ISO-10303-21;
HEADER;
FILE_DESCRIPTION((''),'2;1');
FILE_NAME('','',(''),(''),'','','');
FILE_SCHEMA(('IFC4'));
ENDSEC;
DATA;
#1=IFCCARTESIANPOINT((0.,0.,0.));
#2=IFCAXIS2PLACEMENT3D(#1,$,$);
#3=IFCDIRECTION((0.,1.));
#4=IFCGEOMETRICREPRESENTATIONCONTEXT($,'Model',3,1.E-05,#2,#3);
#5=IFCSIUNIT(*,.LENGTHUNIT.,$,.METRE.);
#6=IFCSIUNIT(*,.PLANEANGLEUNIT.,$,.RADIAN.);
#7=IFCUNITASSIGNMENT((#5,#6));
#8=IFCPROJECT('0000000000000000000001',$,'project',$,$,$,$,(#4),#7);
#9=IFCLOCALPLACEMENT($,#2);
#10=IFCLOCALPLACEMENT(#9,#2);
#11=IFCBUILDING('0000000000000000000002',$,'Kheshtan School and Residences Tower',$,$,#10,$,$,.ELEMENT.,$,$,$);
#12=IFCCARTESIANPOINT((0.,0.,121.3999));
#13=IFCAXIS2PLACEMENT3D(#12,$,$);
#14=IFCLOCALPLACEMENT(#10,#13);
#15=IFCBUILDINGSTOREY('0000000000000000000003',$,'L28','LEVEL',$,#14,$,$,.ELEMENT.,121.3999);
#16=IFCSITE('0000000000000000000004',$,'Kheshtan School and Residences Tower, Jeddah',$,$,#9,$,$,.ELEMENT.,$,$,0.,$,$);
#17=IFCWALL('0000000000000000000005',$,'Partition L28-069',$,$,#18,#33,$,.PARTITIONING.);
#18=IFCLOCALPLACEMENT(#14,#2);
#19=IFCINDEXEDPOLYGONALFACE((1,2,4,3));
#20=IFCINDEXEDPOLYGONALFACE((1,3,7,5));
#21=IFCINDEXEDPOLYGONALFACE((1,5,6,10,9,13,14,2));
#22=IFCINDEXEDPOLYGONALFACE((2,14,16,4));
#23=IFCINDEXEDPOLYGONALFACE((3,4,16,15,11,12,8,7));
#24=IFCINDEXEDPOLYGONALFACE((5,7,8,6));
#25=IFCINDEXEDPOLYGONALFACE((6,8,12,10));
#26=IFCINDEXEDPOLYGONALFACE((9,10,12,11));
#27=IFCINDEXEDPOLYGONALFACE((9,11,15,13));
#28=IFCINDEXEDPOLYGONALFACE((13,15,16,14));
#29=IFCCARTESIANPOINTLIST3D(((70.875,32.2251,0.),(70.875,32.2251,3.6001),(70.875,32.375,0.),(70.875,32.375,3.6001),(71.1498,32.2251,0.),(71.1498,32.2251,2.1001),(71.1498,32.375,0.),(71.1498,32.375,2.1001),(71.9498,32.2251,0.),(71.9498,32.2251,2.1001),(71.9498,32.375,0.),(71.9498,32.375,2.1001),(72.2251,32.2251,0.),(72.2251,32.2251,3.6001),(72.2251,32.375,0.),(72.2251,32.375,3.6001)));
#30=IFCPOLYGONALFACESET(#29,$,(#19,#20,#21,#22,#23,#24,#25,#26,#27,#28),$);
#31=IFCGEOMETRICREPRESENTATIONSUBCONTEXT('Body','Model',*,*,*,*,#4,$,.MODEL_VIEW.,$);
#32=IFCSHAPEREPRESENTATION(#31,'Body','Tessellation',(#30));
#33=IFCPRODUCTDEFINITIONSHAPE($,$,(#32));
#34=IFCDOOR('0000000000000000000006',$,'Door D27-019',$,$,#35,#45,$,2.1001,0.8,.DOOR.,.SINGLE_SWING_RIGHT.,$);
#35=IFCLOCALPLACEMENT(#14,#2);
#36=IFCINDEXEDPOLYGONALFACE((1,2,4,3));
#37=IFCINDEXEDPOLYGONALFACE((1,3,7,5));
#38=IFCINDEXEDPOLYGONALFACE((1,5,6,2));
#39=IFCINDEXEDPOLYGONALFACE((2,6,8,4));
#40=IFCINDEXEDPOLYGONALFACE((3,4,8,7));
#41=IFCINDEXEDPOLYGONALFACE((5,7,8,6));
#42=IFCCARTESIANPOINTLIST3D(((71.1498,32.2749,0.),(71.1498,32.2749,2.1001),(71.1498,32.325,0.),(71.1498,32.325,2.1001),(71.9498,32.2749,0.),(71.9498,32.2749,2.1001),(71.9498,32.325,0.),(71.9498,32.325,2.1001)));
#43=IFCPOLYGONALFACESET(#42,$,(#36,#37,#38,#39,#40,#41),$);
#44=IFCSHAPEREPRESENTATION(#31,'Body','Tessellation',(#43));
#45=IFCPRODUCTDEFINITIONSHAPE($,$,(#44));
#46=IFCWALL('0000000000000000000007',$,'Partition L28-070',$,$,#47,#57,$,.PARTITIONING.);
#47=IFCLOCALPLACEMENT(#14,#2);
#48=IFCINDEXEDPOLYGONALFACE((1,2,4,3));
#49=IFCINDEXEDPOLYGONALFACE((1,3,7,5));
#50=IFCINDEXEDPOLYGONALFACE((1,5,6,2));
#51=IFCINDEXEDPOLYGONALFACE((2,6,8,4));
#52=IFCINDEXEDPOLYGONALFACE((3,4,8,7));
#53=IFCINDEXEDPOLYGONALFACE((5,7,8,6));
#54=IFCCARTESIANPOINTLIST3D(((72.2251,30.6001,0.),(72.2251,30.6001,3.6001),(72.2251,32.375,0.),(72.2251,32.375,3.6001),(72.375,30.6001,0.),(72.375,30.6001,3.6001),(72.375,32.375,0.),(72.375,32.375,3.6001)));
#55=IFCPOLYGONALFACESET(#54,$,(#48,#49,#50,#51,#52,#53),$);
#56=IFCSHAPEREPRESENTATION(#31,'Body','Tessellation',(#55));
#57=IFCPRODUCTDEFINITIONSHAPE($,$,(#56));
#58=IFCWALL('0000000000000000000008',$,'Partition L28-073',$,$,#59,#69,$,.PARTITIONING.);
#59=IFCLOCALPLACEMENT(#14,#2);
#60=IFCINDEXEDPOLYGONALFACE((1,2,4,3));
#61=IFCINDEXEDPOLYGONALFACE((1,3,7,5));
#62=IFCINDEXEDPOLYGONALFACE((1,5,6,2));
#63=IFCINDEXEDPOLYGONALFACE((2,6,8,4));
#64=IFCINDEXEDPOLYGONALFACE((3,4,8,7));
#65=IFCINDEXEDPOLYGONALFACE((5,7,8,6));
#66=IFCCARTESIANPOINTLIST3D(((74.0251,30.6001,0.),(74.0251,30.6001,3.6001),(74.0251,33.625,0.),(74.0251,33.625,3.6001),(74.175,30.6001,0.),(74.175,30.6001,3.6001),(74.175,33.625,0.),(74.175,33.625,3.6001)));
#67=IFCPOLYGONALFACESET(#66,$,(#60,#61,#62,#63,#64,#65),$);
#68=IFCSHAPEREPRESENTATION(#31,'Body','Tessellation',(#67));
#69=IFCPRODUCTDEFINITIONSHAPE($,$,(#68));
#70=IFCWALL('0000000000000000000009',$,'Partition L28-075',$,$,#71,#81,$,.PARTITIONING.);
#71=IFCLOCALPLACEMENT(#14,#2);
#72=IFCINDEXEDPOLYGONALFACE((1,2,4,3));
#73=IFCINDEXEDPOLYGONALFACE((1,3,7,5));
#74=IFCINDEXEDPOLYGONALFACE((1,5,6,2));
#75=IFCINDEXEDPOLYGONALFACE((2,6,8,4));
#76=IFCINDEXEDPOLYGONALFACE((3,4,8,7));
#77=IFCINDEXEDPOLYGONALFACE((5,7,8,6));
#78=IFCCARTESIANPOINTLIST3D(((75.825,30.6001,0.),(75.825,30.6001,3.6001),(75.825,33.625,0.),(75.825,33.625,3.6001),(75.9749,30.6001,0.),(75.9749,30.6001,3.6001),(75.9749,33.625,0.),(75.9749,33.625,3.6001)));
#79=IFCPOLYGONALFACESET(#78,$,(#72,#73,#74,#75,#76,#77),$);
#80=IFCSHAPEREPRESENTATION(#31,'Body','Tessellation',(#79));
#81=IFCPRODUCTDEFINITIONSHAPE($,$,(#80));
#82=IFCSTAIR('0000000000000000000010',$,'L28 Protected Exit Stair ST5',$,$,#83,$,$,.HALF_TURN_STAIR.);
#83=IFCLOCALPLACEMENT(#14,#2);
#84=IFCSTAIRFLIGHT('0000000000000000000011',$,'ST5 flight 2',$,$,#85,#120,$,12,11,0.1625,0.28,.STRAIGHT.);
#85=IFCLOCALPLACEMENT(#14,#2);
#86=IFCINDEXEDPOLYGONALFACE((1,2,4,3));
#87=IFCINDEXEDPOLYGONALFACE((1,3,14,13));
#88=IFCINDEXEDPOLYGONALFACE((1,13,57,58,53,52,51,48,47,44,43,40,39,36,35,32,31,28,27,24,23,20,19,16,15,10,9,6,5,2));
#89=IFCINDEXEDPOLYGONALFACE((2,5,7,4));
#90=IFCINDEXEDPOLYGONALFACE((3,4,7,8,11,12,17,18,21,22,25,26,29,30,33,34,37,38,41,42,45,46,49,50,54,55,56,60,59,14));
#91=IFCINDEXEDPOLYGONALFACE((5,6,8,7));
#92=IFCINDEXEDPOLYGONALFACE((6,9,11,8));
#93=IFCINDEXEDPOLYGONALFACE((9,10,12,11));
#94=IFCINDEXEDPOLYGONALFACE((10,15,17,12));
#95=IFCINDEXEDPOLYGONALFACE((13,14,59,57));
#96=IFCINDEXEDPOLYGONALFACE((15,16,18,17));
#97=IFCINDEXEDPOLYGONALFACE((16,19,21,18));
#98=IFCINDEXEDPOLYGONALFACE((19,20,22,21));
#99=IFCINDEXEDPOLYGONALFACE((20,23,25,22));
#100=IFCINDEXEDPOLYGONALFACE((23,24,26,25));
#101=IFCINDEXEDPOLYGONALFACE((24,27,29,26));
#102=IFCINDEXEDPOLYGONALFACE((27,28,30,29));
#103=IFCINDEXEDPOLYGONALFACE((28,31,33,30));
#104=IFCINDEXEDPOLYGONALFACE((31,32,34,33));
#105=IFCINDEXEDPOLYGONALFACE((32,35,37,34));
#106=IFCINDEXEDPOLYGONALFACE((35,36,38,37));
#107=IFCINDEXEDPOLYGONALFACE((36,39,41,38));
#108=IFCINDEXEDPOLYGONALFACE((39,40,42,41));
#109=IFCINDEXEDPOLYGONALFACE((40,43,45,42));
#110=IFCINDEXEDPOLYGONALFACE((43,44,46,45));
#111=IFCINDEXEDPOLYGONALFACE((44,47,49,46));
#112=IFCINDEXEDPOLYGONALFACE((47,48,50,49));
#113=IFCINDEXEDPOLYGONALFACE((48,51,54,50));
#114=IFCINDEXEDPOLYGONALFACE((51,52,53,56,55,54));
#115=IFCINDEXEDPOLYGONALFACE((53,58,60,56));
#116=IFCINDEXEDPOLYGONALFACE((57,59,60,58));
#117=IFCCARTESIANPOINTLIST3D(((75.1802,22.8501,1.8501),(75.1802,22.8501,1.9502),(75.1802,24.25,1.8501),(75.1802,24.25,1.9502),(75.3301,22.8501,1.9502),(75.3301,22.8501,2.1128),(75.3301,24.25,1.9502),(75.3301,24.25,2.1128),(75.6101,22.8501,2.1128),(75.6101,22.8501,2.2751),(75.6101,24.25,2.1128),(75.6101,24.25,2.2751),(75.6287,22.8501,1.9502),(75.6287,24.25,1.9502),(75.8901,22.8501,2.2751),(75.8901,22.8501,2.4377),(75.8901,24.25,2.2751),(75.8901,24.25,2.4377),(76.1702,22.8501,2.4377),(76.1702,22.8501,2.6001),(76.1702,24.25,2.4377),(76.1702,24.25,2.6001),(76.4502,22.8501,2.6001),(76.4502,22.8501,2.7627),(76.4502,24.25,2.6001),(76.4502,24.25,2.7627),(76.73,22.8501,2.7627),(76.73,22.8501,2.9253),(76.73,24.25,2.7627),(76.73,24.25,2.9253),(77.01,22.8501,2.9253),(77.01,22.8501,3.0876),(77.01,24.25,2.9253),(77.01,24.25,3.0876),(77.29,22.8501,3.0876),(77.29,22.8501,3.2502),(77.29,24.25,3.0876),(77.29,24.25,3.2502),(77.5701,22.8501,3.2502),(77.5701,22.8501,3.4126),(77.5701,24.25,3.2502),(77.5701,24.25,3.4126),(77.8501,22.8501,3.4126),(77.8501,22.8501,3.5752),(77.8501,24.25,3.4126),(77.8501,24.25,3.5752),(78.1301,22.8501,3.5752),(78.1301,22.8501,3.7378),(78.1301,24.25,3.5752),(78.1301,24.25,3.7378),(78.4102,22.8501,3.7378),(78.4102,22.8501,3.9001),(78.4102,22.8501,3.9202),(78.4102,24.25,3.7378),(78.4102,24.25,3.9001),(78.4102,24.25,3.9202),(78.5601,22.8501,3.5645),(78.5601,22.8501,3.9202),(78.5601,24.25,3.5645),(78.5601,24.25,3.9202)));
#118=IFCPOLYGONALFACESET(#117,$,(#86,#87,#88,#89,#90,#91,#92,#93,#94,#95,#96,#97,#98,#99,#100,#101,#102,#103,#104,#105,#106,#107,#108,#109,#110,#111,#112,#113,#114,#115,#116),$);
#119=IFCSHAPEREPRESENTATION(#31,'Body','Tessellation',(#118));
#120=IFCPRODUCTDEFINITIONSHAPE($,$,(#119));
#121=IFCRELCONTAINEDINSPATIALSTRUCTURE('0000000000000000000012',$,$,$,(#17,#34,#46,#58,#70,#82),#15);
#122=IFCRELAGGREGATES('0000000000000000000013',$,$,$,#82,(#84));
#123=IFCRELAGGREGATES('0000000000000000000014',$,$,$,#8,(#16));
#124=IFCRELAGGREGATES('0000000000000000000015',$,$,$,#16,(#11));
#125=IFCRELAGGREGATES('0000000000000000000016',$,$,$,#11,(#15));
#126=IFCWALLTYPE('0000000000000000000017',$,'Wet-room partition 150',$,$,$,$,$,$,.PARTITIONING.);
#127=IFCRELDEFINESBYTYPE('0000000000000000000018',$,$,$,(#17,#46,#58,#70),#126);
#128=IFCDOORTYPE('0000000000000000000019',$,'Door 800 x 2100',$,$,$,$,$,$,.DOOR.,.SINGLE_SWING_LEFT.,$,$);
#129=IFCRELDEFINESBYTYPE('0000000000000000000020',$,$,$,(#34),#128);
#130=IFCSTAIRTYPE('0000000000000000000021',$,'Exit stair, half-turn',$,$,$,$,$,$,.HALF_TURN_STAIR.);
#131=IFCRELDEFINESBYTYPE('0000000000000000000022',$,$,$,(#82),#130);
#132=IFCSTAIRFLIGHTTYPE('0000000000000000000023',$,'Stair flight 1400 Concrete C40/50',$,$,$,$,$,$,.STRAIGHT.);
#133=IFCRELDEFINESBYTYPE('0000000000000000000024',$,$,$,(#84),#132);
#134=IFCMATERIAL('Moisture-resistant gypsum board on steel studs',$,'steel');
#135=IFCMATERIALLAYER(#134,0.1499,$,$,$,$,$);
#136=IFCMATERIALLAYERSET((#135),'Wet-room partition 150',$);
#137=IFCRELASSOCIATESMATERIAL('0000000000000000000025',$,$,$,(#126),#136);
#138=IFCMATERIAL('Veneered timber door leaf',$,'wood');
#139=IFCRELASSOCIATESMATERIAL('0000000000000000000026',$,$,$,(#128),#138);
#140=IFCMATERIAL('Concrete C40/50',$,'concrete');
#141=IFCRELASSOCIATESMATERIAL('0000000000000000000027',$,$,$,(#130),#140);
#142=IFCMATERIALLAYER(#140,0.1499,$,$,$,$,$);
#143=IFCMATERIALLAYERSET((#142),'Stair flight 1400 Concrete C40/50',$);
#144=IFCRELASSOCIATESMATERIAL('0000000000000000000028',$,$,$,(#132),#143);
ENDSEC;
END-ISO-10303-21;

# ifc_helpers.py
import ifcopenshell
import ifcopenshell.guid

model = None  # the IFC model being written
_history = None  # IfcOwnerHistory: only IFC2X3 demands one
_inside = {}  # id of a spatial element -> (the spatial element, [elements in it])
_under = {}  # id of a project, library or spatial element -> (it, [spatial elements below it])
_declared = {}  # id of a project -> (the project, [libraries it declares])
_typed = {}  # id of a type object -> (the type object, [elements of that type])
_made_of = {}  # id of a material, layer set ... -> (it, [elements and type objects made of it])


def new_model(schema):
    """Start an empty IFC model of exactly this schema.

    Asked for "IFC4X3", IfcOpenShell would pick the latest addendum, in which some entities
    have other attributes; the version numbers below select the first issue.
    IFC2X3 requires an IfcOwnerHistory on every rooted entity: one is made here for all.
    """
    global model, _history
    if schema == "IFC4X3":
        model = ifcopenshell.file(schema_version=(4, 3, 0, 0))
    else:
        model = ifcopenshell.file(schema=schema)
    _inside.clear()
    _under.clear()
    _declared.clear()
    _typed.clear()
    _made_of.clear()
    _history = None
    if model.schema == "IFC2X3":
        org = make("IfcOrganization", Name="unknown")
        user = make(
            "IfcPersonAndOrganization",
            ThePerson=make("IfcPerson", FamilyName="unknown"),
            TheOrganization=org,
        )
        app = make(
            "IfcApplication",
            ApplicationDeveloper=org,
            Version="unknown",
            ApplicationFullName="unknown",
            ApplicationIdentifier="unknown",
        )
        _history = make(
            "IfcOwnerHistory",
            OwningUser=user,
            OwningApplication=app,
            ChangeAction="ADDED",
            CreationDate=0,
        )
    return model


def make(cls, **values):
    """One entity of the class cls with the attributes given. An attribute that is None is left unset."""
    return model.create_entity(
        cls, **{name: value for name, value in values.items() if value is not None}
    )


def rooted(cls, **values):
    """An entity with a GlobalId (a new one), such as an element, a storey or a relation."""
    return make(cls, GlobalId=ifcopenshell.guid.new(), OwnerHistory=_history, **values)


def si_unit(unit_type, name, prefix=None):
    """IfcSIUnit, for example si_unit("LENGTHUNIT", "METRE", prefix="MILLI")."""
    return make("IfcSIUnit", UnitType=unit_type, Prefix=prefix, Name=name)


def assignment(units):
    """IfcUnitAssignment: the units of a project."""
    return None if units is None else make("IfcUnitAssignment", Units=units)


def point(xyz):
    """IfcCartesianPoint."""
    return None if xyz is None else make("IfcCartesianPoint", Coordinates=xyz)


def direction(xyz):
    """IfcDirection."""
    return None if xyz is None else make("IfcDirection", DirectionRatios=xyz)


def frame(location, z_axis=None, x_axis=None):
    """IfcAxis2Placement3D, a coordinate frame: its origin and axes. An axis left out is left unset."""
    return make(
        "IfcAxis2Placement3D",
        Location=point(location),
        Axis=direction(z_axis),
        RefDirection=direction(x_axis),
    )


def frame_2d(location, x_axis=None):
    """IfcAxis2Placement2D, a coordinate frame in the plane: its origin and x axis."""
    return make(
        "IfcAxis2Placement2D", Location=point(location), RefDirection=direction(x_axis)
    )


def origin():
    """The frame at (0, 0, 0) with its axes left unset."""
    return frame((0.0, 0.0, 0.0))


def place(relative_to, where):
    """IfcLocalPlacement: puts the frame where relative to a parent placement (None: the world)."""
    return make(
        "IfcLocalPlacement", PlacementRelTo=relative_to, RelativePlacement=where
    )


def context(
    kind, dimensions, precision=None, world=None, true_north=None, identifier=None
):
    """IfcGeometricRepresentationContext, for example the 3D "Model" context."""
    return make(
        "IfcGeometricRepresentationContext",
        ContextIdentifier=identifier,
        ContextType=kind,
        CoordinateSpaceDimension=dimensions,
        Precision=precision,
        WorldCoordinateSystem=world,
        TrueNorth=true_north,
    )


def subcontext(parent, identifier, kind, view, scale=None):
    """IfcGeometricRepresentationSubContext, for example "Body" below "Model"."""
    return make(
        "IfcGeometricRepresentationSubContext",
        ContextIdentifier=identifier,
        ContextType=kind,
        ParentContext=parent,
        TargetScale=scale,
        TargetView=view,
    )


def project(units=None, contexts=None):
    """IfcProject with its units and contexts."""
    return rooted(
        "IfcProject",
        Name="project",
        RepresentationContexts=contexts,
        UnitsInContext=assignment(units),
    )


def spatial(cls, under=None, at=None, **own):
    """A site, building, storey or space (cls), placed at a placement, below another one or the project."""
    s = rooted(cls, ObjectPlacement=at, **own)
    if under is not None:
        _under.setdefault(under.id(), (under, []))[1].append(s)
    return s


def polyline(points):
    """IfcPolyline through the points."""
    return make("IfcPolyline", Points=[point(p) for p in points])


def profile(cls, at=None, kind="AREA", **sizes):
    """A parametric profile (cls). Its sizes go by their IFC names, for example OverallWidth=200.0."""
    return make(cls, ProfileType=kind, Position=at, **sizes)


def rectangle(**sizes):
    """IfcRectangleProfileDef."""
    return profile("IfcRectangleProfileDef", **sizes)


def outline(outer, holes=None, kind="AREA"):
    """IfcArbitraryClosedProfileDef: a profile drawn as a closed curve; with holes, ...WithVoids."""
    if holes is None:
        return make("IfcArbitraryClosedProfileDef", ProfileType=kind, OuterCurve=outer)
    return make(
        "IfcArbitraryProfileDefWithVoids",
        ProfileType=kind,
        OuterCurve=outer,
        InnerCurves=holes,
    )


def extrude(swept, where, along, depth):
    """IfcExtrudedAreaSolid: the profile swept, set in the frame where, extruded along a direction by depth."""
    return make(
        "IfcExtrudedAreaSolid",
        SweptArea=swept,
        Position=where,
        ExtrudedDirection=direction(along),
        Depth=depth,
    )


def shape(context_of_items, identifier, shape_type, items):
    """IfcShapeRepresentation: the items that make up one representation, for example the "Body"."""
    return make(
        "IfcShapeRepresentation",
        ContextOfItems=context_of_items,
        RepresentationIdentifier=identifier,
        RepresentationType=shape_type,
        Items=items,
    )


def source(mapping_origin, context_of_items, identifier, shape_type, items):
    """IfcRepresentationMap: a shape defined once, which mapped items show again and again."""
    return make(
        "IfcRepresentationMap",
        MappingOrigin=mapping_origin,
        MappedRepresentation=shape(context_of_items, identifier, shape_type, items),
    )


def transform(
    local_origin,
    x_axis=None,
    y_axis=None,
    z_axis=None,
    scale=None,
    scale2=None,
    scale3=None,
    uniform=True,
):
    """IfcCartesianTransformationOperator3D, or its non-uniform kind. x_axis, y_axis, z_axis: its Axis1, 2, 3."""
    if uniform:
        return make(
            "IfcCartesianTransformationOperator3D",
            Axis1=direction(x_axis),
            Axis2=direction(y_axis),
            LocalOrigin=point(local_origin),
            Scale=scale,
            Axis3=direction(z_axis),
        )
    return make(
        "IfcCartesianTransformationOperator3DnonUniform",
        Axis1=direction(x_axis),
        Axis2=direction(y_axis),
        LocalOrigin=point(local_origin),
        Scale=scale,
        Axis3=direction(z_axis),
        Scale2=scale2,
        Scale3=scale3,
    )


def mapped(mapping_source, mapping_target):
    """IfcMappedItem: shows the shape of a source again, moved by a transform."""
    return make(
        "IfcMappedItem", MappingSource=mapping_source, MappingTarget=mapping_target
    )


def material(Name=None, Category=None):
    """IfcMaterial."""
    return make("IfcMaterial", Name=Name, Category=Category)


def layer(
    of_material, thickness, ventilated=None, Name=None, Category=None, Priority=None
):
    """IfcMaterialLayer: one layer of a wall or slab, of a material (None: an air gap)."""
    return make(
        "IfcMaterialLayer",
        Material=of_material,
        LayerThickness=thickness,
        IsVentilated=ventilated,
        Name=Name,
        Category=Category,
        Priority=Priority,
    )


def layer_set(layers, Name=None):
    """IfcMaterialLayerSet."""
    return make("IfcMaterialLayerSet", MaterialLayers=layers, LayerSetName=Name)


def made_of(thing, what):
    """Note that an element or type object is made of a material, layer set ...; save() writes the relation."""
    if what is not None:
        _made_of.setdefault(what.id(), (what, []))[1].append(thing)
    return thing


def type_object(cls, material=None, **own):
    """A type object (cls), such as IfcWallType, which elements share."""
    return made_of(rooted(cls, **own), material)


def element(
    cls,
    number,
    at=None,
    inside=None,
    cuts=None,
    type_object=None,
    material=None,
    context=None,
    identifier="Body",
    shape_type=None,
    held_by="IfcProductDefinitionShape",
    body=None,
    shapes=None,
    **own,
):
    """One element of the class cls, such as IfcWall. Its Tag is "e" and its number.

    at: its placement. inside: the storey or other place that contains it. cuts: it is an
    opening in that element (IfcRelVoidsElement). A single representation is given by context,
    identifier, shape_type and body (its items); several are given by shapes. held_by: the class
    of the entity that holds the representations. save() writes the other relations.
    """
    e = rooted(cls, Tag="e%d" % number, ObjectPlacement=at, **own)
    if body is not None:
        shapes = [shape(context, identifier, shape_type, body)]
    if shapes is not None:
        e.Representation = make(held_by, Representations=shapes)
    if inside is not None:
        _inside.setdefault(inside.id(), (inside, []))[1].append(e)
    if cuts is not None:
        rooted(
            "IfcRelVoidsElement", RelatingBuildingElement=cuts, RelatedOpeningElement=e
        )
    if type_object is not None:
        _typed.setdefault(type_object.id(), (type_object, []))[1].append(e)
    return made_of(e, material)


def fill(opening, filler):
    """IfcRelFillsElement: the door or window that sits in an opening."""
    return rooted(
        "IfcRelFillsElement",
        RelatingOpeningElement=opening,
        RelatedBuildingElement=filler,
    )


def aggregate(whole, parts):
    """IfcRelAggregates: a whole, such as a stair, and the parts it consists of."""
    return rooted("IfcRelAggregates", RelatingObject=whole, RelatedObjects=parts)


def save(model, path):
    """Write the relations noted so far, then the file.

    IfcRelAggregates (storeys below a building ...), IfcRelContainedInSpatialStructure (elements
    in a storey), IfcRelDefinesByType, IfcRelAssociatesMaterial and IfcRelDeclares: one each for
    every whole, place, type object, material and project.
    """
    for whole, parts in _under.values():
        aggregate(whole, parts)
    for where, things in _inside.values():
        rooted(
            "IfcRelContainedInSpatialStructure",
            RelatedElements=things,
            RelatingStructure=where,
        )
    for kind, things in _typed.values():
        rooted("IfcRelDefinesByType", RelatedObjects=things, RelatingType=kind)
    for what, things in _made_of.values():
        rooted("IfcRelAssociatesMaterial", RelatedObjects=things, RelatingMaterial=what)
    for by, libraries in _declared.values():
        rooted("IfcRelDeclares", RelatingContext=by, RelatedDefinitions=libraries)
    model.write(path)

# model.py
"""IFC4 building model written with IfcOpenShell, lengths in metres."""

from ifc_helpers import new_model, si_unit, direction, frame, frame_2d, origin, place, context, subcontext, project, spatial, polyline, rectangle, outline, extrude, source, transform, mapped, material, layer, layer_set, type_object, element, fill, aggregate, save


model = new_model("IFC4")

# Units and contexts
model_context = context("Model", 3, precision=1e-05, world=origin(), true_north=direction((0.0, 1.0)))
body_context = subcontext(model_context, "Body", "Model", "MODEL_VIEW")
ifc_project = project(units=[si_unit("LENGTHUNIT", "METRE"), si_unit("PLANEANGLEUNIT", "RADIAN")], contexts=[model_context])

# Site, building, storey
site_placement = place(None, origin())
site = spatial("IfcSite", under=ifc_project, at=site_placement, Name="Kheshtan School and Residences Tower, Jeddah", CompositionType="ELEMENT", RefElevation=0.0)
building_placement = place(site_placement, origin())
building = spatial("IfcBuilding", under=site, at=building_placement, Name="Kheshtan School and Residences Tower", CompositionType="ELEMENT")
storey_placement = place(building_placement, frame((0.0, 0.0, 121.3999)))
storey = spatial("IfcBuildingStorey", under=building, at=storey_placement, Name="L28", Description="LEVEL", CompositionType="ELEMENT", Elevation=121.3999)

# Shared definitions
ifc_material_1 = material(Name="Concrete C40/50", Category="concrete")

# Shared definitions
ifc_material_2 = material(Name="Moisture-resistant gypsum board on steel studs", Category="steel")
ifc_layer_1 = layer(ifc_material_2, 0.1499)
ifc_layer_set_1 = layer_set([ifc_layer_1], Name="Wet-room partition 150")
wall_type_1 = type_object("IfcWallType", Name="Wet-room partition 150", PredefinedType="PARTITIONING", material=ifc_layer_set_1)

# Wall, opening, door
wall_1_placement = place(storey_placement, frame((70.875, 32.3, 0.0), z_axis=(0.0, 0.0, 1.0), x_axis=(1.0, 0.0, 0.0)))
wall_1 = element("IfcWall", 1, at=wall_1_placement, inside=storey, type_object=wall_type_1, Name="Partition L28-069", PredefinedType="PARTITIONING", context=body_context, shape_type="SweptSolid", body=[
    extrude(rectangle(XDim=1.3501, YDim=0.1499, at=frame_2d((0.675, 0.0))), origin(), (0.0, 0.0, 1.0), 3.6001),
])
opening_1_placement = place(wall_1_placement, frame((0.2749, 0.0, 0.0)))
opening_1 = element("IfcOpeningElement", 2, at=opening_1_placement, cuts=wall_1, PredefinedType="OPENING", context=body_context, shape_type="SweptSolid", body=[
    extrude(rectangle(XDim=0.8, YDim=2.1001, at=frame_2d((0.3999, 1.05))), frame((0.0, 0.085, 0.0), z_axis=(0.0, -1.0, 0.0), x_axis=(1.0, 0.0, 0.0)), (0.0, 0.0, 1.0), 0.1699),
])
ifc_material_3 = material(Name="Veneered timber door leaf", Category="wood")
door_type_1 = type_object("IfcDoorType", Name="Door 800 x 2100", OperationType="SINGLE_SWING_LEFT", PredefinedType="DOOR", material=ifc_material_3)
shared_shape_1 = source(origin(), body_context, "Body", "SweptSolid", [
    extrude(rectangle(XDim=0.8, YDim=2.1001, at=frame_2d((0.3999, 1.05))), frame((0.0, 0.0249, 0.0), z_axis=(0.0, -1.0, 0.0), x_axis=(1.0, 0.0, 0.0)), (0.0, 0.0, 1.0), 0.05),
])
door_1_placement = place(opening_1_placement, origin())
door_1 = element("IfcDoor", 3, at=door_1_placement, inside=storey, type_object=door_type_1, Name="Door D27-019", OperationType="SINGLE_SWING_RIGHT", OverallHeight=2.1001, OverallWidth=0.8, PredefinedType="DOOR", context=body_context, shape_type="MappedRepresentation", body=[
    mapped(shared_shape_1, transform((0.0, 0.0, 0.0), x_axis=(1.0, 0.0, 0.0), y_axis=(0.0, 1.0, 0.0), z_axis=(0.0, 0.0, 1.0), scale=1.0)),
])
fill(opening_1, door_1)

# Walls
wall_2_placement = place(storey_placement, frame((72.3, 30.6001, 0.0), z_axis=(0.0, 0.0, 1.0), x_axis=(0.0, 1.0, 0.0)))
element("IfcWall", 4, at=wall_2_placement, inside=storey, type_object=wall_type_1, Name="Partition L28-070", PredefinedType="PARTITIONING", context=body_context, shape_type="SweptSolid", body=[
    extrude(rectangle(XDim=1.7749, YDim=0.1499, at=frame_2d((0.8875, 0.0))), origin(), (0.0, 0.0, 1.0), 3.6001),
])
for number, where, z_axis, x_axis, name in (
    (5, (74.1001, 30.6001, 0.0), (0.0, 0.0, 1.0), (0.0, 1.0, 0.0), "Partition L28-073"),
    (6, (75.8999, 30.6001, 0.0), (0.0, 0.0, 1.0), (0.0, 1.0, 0.0), "Partition L28-075"),
):
    element("IfcWall", number, at=place(storey_placement, frame(where, z_axis=z_axis, x_axis=x_axis)), inside=storey, type_object=wall_type_1, Name=name, PredefinedType="PARTITIONING", context=body_context, shape_type="SweptSolid", body=[
        extrude(rectangle(XDim=3.0249, YDim=0.1499, at=frame_2d((1.5125, 0.0))), origin(), (0.0, 0.0, 1.0), 3.6001),
    ])

# Stair, stair flight
stair_type = type_object("IfcStairType", Name="Exit stair, half-turn", PredefinedType="HALF_TURN_STAIR", material=ifc_material_1)
stair_placement = place(storey_placement, origin())
stair = element("IfcStair", 7, at=stair_placement, inside=storey, type_object=stair_type, Name="L28 Protected Exit Stair ST5", PredefinedType="HALF_TURN_STAIR")
ifc_layer_2 = layer(ifc_material_1, 0.1499)
ifc_layer_set_2 = layer_set([ifc_layer_2], Name="Stair flight 1400 Concrete C40/50")
stair_flight_type = type_object("IfcStairFlightType", Name="Stair flight 1400 Concrete C40/50", PredefinedType="STRAIGHT", material=ifc_layer_set_2)
stair_flight_placement = place(storey_placement, frame((75.3301, 23.55, 1.9502), z_axis=(0.0, 0.0, 1.0), x_axis=(1.0, 0.0, 0.0)))
stair_flight = element("IfcStairFlight", 8, at=stair_flight_placement, type_object=stair_flight_type, Name="ST5 flight 2", NumberOfRisers=12, NumberOfTreads=11, PredefinedType="STRAIGHT", RiserHeight=0.1625, TreadLength=0.28, context=body_context, shape_type="SweptSolid", body=[
    extrude(outline(polyline([(-0.1499, -0.1001), (-0.1499, 0.0), (0.0, 0.0), (0.0, 0.1626), (0.28, 0.1626), (0.28, 0.325), (0.5601, 0.325), (0.5601, 0.4875), (0.8401, 0.4875), (0.8401, 0.6499), (1.1201, 0.6499), (1.1201, 0.8125), (1.3999, 0.8125), (1.3999, 0.9751), (1.6799, 0.9751), (1.6799, 1.1375), (1.96, 1.1375), (1.96, 1.3), (2.24, 1.3), (2.24, 1.4624), (2.52, 1.4624), (2.52, 1.625), (2.8, 1.625), (2.8, 1.7876), (3.0801, 1.7876), (3.0801, 1.95), (3.0801, 1.97), (3.23, 1.97), (3.23, 1.6143), (0.2986, 0.0), (-0.1499, -0.1001)])), frame((0.0, 0.7, 0.0), z_axis=(0.0, -1.0, 0.0), x_axis=(1.0, 0.0, 0.0)), (0.0, 0.0, 1.0), 1.3999),
])
aggregate(stair, [stair_flight])

save(model, "model.ifc")
